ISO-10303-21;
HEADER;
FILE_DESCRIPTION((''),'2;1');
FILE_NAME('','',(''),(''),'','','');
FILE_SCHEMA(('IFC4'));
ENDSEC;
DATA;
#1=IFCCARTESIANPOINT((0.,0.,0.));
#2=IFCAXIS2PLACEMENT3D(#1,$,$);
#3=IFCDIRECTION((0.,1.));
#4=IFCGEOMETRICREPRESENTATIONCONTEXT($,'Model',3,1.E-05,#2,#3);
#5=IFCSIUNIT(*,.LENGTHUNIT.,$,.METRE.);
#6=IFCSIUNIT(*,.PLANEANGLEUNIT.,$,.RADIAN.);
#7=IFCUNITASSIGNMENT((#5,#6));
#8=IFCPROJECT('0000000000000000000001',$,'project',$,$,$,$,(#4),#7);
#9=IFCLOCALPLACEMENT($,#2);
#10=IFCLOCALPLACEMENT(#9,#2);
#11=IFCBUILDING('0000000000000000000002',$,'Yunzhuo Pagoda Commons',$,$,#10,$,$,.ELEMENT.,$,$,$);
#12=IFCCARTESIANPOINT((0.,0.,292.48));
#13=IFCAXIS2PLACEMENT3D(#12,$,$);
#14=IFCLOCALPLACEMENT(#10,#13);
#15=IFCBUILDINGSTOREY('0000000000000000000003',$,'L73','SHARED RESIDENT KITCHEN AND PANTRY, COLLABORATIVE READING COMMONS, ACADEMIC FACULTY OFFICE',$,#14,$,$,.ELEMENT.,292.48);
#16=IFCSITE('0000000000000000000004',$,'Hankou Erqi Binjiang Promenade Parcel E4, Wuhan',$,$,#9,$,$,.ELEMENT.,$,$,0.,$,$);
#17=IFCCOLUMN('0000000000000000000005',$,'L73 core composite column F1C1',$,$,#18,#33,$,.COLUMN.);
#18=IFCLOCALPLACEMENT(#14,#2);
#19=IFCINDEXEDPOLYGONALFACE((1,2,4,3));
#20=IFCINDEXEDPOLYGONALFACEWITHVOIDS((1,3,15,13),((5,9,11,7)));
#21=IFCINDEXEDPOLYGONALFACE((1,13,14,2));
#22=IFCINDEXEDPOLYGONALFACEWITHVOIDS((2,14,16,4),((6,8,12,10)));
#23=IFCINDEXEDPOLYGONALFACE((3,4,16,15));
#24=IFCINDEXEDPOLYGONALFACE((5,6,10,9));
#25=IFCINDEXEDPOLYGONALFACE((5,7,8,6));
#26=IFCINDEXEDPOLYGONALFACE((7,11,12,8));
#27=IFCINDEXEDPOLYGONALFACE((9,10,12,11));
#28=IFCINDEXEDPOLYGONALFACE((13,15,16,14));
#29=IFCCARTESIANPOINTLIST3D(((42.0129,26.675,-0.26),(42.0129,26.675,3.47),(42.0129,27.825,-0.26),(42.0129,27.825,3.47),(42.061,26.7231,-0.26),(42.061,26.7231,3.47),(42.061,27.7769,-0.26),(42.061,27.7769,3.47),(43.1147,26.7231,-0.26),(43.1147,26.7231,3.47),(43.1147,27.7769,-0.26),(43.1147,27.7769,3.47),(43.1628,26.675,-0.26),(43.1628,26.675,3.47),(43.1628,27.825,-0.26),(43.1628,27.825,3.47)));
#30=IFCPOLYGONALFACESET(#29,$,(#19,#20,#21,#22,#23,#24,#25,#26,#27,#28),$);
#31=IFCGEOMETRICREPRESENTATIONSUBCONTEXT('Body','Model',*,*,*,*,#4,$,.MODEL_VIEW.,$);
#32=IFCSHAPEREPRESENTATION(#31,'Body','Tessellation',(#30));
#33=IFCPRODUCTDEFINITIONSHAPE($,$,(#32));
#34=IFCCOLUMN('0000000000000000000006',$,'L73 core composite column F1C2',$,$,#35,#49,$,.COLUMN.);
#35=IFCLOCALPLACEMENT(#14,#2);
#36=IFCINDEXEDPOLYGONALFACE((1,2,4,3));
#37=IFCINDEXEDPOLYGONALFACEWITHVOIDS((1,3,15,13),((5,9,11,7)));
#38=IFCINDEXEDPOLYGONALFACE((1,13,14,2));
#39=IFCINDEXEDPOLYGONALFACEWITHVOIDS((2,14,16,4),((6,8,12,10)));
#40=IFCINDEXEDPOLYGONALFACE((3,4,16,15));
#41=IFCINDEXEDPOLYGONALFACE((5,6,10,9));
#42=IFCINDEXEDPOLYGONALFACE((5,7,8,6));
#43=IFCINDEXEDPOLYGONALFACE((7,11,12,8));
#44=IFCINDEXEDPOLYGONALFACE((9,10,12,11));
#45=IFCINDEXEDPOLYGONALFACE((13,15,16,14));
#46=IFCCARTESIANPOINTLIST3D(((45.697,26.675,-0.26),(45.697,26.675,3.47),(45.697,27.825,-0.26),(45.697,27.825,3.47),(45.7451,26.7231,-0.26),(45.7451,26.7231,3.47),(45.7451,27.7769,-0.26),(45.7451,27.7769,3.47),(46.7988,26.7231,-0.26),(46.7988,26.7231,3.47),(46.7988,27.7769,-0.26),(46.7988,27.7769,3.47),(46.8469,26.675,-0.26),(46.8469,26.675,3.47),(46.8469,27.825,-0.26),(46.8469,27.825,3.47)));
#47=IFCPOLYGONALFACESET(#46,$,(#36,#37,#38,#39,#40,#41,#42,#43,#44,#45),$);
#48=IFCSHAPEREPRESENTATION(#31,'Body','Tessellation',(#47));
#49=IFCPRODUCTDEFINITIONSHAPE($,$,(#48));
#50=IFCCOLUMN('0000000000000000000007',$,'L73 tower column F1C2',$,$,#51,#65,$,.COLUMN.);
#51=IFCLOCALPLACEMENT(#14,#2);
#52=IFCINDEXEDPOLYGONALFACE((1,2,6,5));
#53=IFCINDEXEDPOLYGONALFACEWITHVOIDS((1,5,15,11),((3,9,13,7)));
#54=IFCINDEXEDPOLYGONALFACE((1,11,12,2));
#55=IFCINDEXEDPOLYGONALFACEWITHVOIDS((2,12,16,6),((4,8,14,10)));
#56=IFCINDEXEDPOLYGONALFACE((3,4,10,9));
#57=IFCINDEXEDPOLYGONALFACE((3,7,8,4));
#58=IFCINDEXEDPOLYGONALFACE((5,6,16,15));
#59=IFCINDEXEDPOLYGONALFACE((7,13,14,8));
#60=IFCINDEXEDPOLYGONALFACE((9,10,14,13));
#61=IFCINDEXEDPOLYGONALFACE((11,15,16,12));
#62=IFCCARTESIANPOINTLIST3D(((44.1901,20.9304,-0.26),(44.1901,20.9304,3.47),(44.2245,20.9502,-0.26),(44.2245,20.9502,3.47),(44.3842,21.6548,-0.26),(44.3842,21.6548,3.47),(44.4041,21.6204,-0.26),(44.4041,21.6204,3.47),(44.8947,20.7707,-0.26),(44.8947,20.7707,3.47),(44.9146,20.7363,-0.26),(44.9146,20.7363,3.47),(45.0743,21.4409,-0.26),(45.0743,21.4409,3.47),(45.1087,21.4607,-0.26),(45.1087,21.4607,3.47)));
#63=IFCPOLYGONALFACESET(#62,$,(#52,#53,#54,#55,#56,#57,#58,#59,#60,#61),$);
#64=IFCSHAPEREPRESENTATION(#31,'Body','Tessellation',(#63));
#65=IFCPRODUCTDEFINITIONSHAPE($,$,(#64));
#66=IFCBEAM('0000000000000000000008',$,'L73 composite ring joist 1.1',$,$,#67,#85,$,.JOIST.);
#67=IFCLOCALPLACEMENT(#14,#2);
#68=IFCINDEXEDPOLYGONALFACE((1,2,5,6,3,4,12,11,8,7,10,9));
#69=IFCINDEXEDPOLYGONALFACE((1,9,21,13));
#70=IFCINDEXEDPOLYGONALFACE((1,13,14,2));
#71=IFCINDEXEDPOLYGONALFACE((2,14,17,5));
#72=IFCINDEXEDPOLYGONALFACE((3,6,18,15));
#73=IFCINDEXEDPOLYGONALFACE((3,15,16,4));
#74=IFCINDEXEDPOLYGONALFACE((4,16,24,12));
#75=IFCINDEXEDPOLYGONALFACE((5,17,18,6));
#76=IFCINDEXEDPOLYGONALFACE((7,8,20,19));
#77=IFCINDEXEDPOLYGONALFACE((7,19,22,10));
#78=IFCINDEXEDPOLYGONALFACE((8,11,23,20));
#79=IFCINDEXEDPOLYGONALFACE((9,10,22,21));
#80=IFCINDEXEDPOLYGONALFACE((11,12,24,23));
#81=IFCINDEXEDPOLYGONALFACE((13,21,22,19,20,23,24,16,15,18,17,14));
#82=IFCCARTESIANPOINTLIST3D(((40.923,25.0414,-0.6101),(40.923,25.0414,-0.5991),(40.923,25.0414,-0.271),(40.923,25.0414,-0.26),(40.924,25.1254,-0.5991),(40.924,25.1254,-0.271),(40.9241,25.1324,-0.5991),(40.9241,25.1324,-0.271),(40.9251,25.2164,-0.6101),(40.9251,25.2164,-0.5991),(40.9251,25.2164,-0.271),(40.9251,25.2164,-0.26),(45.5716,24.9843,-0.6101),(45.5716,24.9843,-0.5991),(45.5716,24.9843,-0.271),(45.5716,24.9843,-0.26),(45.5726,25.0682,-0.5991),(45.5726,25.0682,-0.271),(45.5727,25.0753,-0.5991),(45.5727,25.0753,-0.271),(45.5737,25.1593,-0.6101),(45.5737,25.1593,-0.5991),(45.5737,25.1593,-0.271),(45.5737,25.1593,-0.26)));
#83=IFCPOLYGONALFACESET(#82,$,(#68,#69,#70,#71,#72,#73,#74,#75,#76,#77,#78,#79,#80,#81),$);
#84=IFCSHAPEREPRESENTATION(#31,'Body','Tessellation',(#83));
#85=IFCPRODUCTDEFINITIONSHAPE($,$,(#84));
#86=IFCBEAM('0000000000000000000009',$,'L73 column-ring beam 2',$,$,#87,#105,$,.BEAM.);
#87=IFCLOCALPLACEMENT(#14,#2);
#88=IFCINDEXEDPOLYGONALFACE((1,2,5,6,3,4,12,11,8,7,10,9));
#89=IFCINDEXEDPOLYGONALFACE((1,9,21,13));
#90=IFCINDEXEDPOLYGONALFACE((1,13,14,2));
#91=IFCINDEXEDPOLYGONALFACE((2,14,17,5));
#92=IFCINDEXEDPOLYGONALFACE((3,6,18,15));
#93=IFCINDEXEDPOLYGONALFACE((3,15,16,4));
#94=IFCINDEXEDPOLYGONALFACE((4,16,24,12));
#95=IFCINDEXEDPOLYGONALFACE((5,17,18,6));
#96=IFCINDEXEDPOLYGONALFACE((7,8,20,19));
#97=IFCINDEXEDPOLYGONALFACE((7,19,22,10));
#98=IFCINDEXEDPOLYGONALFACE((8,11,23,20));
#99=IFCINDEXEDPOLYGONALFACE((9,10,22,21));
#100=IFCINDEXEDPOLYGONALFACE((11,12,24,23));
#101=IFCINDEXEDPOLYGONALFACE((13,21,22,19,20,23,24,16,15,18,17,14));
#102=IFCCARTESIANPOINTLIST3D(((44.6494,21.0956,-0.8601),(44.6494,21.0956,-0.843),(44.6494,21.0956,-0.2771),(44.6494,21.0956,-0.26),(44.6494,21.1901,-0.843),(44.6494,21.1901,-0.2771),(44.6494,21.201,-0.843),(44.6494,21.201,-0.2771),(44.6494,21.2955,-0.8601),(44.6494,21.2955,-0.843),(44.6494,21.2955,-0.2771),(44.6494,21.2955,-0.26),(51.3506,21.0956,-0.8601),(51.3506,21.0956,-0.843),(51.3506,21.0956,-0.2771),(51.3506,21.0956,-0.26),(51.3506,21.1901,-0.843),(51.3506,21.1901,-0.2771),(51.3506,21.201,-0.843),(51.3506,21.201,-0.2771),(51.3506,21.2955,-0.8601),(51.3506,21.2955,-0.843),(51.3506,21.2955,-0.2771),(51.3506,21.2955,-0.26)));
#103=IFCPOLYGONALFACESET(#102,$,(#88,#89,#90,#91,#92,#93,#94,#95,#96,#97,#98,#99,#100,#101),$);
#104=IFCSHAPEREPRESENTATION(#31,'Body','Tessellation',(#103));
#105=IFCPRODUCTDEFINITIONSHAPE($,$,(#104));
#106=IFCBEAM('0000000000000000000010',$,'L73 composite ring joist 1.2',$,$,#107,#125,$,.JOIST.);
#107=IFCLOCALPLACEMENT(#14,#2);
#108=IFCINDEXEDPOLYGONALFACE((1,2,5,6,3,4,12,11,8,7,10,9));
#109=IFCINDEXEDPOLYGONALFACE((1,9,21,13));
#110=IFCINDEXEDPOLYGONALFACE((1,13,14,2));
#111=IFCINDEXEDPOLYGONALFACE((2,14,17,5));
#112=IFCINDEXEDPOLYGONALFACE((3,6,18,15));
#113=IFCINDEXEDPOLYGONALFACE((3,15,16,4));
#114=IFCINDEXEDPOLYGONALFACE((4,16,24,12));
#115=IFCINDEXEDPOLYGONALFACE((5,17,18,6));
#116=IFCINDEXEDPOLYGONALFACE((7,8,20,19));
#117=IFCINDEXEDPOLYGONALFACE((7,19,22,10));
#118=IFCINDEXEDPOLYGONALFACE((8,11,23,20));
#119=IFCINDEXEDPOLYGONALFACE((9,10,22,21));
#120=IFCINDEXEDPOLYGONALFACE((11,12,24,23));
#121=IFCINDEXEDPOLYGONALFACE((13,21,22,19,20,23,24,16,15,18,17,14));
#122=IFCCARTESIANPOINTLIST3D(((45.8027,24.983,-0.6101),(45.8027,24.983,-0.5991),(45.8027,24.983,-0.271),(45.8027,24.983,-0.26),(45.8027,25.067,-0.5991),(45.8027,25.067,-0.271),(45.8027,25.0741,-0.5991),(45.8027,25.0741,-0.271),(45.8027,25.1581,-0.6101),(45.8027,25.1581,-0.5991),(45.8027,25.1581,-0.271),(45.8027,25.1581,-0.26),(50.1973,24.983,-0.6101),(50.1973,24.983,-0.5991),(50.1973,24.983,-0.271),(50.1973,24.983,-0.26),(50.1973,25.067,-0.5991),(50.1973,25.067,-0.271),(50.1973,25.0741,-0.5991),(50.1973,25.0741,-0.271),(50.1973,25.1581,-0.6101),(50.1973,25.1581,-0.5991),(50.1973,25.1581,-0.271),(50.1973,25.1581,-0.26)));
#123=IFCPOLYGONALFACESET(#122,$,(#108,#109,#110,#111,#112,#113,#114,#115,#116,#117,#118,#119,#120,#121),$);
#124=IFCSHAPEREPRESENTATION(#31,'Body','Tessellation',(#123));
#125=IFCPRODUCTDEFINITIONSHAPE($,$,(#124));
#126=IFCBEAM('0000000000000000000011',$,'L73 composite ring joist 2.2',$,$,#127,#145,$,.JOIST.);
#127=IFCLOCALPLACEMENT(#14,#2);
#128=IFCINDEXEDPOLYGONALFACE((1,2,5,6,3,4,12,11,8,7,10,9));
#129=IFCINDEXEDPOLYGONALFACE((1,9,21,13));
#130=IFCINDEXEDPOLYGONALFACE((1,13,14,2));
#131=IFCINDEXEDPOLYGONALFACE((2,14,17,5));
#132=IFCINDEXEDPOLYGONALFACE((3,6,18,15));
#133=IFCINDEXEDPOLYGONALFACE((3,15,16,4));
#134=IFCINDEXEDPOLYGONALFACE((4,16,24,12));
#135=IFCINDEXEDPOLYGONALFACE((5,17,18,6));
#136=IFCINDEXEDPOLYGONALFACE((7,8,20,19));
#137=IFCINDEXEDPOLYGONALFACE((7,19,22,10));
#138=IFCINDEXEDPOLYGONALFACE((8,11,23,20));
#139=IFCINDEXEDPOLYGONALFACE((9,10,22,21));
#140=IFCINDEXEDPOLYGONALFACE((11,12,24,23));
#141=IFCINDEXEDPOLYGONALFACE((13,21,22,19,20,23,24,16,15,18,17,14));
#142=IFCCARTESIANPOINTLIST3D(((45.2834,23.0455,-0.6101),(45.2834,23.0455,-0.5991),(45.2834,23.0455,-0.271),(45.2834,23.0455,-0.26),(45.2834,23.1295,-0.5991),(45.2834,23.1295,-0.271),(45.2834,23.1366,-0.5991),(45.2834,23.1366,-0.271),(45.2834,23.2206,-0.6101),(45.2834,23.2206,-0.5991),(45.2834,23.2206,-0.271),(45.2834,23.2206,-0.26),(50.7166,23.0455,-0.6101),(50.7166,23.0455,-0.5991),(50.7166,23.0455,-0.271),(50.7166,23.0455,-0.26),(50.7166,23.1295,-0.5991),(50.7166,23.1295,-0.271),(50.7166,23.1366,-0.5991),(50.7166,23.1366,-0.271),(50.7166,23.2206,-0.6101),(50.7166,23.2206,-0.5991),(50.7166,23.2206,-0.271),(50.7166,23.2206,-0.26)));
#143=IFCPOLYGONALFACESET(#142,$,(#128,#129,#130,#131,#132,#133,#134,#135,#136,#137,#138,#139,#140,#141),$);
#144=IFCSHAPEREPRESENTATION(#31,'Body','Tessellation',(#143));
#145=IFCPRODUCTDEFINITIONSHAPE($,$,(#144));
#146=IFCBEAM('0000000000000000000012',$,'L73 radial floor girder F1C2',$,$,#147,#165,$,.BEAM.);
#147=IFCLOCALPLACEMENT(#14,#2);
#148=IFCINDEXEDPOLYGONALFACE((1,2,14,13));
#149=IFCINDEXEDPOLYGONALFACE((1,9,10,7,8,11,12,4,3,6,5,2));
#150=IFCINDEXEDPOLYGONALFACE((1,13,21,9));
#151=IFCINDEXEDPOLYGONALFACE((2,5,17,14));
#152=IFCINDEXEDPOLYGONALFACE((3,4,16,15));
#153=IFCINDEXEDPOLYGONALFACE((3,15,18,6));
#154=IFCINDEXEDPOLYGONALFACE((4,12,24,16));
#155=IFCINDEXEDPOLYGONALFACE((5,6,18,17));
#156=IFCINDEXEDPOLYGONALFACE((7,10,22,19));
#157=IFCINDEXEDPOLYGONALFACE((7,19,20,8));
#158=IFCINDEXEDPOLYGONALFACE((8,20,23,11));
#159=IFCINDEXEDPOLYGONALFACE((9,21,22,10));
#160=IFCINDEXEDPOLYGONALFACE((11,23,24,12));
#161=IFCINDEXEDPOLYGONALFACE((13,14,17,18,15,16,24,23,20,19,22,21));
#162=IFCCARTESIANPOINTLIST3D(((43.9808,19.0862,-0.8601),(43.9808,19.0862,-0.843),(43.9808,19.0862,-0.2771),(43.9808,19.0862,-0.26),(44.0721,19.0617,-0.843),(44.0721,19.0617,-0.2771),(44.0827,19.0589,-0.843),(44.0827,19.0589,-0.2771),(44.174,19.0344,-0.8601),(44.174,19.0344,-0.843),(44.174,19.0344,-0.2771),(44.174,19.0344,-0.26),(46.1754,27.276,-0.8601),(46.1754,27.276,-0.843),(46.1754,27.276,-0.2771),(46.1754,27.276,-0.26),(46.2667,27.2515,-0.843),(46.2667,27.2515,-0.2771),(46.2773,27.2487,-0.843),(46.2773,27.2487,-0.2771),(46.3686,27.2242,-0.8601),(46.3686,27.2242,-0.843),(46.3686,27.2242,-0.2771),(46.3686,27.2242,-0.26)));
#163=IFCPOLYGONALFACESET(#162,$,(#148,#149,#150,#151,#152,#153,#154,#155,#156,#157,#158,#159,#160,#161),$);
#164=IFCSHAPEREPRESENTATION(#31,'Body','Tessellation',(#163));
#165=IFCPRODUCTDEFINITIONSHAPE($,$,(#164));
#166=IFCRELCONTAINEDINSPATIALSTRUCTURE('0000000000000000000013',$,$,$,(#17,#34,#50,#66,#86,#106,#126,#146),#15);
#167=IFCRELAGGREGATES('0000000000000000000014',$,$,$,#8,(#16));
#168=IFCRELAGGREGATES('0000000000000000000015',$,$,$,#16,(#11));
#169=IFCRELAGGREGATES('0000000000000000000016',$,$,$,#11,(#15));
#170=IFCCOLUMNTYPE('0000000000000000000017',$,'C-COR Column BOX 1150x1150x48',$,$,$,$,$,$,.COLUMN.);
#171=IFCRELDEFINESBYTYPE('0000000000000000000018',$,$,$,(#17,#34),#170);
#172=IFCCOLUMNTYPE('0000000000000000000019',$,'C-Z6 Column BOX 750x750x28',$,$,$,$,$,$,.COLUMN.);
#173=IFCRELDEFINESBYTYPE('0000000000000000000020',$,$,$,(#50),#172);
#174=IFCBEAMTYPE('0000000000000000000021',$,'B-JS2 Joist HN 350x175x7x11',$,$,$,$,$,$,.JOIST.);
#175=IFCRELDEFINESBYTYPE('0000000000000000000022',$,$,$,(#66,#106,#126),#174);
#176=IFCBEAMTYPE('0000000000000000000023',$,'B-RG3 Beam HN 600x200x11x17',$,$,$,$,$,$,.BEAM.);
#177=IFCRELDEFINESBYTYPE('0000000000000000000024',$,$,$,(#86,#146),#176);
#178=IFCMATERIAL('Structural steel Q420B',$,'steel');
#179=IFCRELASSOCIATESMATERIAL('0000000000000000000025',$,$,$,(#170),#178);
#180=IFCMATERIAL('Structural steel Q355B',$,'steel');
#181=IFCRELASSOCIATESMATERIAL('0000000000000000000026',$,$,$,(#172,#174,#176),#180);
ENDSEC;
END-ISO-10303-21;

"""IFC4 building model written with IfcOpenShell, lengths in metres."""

from ifc_helpers import new_model, si_unit, direction, frame, origin, origin_2d, place, context, subcontext, project, spatial, hollow_rectangle, i_section, extrude, source, transform, mapped, material, material_profile, profile_set, type_object, element, save


model = new_model("IFC4")

# Units and contexts
model_context = context("Model", 3, precision=1e-05, world=origin(), true_north=direction((0.0, 1.0)))
body_context = subcontext(model_context, "Body", "Model", "MODEL_VIEW")
ifc_project = project(units=[si_unit("LENGTHUNIT", "METRE"), si_unit("PLANEANGLEUNIT", "RADIAN")], contexts=[model_context])

# Site, building, storey
site_placement = place(None, origin())
site = spatial("IfcSite", under=ifc_project, at=site_placement, Name="Hankou Erqi Binjiang Promenade Parcel E4, Wuhan", CompositionType="ELEMENT", RefElevation=0.0)
building_placement = place(site_placement, origin())
building = spatial("IfcBuilding", under=site, at=building_placement, Name="Yunzhuo Pagoda Commons", CompositionType="ELEMENT")
storey_placement = place(building_placement, frame((0.0, 0.0, 292.48)))
storey = spatial("IfcBuildingStorey", under=building, at=storey_placement, Name="L73", Description="SHARED RESIDENT KITCHEN AND PANTRY, COLLABORATIVE READING COMMONS, ACADEMIC FACULTY OFFICE", CompositionType="ELEMENT", Elevation=292.48)

# Columns
ifc_material_1 = material(Name="Structural steel Q420B", Category="steel")
ifc_material_profile_1 = material_profile(ifc_material_1, hollow_rectangle(XDim=1.1499, YDim=1.1499, WallThickness=0.0481, at=origin_2d()), Name="Structural steel Q420B")
ifc_profile_set_1 = profile_set([ifc_material_profile_1], Name="Structural steel Q420B")
column_type_1 = type_object("IfcColumnType", Name="C-COR Column BOX 1150x1150x48", PredefinedType="COLUMN", material=ifc_profile_set_1)
shared_shape_1 = source(origin(), body_context, "Body", "SweptSolid", [
    extrude(hollow_rectangle(XDim=1.1499, YDim=1.1499, WallThickness=0.0481, at=origin_2d()), origin(), (0.0, 0.0, 1.0), 3.73),
])
for number, where, z_axis, x_axis, name in (
    (1, (42.5879, 27.25, -0.26), (0.0, 0.0, 1.0), (1.0, 0.0, 0.0), "L73 core composite column F1C1"),
    (2, (46.272, 27.25, -0.26), (0.0, 0.0, 1.0), (1.0, 0.0, 0.0), "L73 core composite column F1C2"),
):
    element("IfcColumn", number, at=place(storey_placement, frame(where, z_axis=z_axis, x_axis=x_axis)), inside=storey, type_object=column_type_1, Name=name, PredefinedType="COLUMN", context=body_context, shape_type="MappedRepresentation", body=[
        mapped(shared_shape_1, transform((0.0, 0.0, 0.0), scale=1.0)),
    ])
ifc_material_2 = material(Name="Structural steel Q355B", Category="steel")
ifc_material_profile_2 = material_profile(ifc_material_2, hollow_rectangle(XDim=0.75, YDim=0.75, WallThickness=0.0281, at=origin_2d()), Name="Structural steel Q355B")
ifc_profile_set_2 = profile_set([ifc_material_profile_2], Name="Structural steel Q355B")
column_type_2 = type_object("IfcColumnType", Name="C-Z6 Column BOX 750x750x28", PredefinedType="COLUMN", material=ifc_profile_set_2)
shared_shape_2 = source(origin(), body_context, "Body", "SweptSolid", [
    extrude(hollow_rectangle(XDim=0.75, YDim=0.75, WallThickness=0.0281, at=origin_2d()), origin(), (0.0, 0.0, 1.0), 3.73),
])
column_placement = place(storey_placement, frame((44.6494, 21.1956, -0.26), z_axis=(0.0, 0.0, 1.0), x_axis=(0.965926, -0.258819, 0.0)))
element("IfcColumn", 3, at=column_placement, inside=storey, type_object=column_type_2, Name="L73 tower column F1C2", PredefinedType="COLUMN", context=body_context, shape_type="MappedRepresentation", body=[
    mapped(shared_shape_2, transform((0.0, 0.0, 0.0), scale=1.0)),
])

# Beams
ifc_material_profile_3 = material_profile(ifc_material_2, i_section(OverallWidth=0.175, OverallDepth=0.3501, WebThickness=0.0071, FlangeThickness=0.011, at=origin_2d()), Name="Structural steel Q355B")
ifc_profile_set_3 = profile_set([ifc_material_profile_3], Name="Structural steel Q355B")
beam_type_1 = type_object("IfcBeamType", Name="B-JS2 Joist HN 350x175x7x11", PredefinedType="JOIST", material=ifc_profile_set_3)
shared_shape_3 = source(origin(), body_context, "Body", "SweptSolid", [
    extrude(i_section(OverallWidth=0.175, OverallDepth=0.3501, WebThickness=0.0071, FlangeThickness=0.011, at=origin_2d()), origin(), (0.0, 0.0, 1.0), 4.6489),
])
beam_1_placement = place(storey_placement, frame((40.9241, 25.1289, -0.4351), z_axis=(0.999924, -0.012288, 0.0), x_axis=(0.012288, 0.999924, 0.0)))
element("IfcBeam", 4, at=beam_1_placement, inside=storey, type_object=beam_type_1, Name="L73 composite ring joist 1.1", PredefinedType="JOIST", context=body_context, shape_type="MappedRepresentation", body=[
    mapped(shared_shape_3, transform((0.0, 0.0, 0.0), scale=1.0)),
])
ifc_material_profile_4 = material_profile(ifc_material_2, i_section(OverallWidth=0.2, OverallDepth=0.6001, WebThickness=0.011, FlangeThickness=0.0171, at=origin_2d()), Name="Structural steel Q355B")
ifc_profile_set_4 = profile_set([ifc_material_profile_4], Name="Structural steel Q355B")
beam_type_2 = type_object("IfcBeamType", Name="B-RG3 Beam HN 600x200x11x17", PredefinedType="BEAM", material=ifc_profile_set_4)
shared_shape_4 = source(origin(), body_context, "Body", "SweptSolid", [
    extrude(i_section(OverallWidth=0.2, OverallDepth=0.6001, WebThickness=0.011, FlangeThickness=0.0171, at=origin_2d()), origin(), (0.0, 0.0, 1.0), 6.7012),
])
beam_2_placement = place(storey_placement, frame((44.6494, 21.1956, -0.5601), z_axis=(1.0, 0.0, 0.0), x_axis=(0.0, 1.0, 0.0)))
element("IfcBeam", 5, at=beam_2_placement, inside=storey, type_object=beam_type_2, Name="L73 column-ring beam 2", PredefinedType="BEAM", context=body_context, shape_type="MappedRepresentation", body=[
    mapped(shared_shape_4, transform((0.0, 0.0, 0.0), scale=1.0)),
])
shared_shape_5 = source(origin(), body_context, "Body", "SweptSolid", [
    extrude(i_section(OverallWidth=0.175, OverallDepth=0.3501, WebThickness=0.0071, FlangeThickness=0.011, at=origin_2d()), origin(), (0.0, 0.0, 1.0), 4.3945),
])
beam_3_placement = place(storey_placement, frame((45.8027, 25.0706, -0.4351), z_axis=(1.0, 0.0, 0.0), x_axis=(0.0, 1.0, 0.0)))
element("IfcBeam", 6, at=beam_3_placement, inside=storey, type_object=beam_type_1, Name="L73 composite ring joist 1.2", PredefinedType="JOIST", context=body_context, shape_type="MappedRepresentation", body=[
    mapped(shared_shape_5, transform((0.0, 0.0, 0.0), scale=1.0)),
])
shared_shape_6 = source(origin(), body_context, "Body", "SweptSolid", [
    extrude(i_section(OverallWidth=0.175, OverallDepth=0.3501, WebThickness=0.0071, FlangeThickness=0.011, at=origin_2d()), origin(), (0.0, 0.0, 1.0), 5.4331),
])
beam_4_placement = place(storey_placement, frame((45.2834, 23.1331, -0.4351), z_axis=(1.0, 0.0, 0.0), x_axis=(0.0, 1.0, 0.0)))
element("IfcBeam", 7, at=beam_4_placement, inside=storey, type_object=beam_type_1, Name="L73 composite ring joist 2.2", PredefinedType="JOIST", context=body_context, shape_type="MappedRepresentation", body=[
    mapped(shared_shape_6, transform((0.0, 0.0, 0.0), scale=1.0)),
])
shared_shape_7 = source(origin(), body_context, "Body", "SweptSolid", [
    extrude(i_section(OverallWidth=0.2, OverallDepth=0.6001, WebThickness=0.011, FlangeThickness=0.0171, at=origin_2d()), origin(), (0.0, 0.0, 1.0), 8.4788),
])
beam_5_placement = place(storey_placement, frame((44.0774, 19.0603, -0.5601), z_axis=(0.258836, 0.965921, 0.0), x_axis=(-0.965921, 0.258836, 0.0)))
element("IfcBeam", 8, at=beam_5_placement, inside=storey, type_object=beam_type_2, Name="L73 radial floor girder F1C2", PredefinedType="BEAM", context=body_context, shape_type="MappedRepresentation", body=[
    mapped(shared_shape_7, transform((0.0, 0.0, 0.0), scale=1.0)),
])

save(model, "model.ifc")
